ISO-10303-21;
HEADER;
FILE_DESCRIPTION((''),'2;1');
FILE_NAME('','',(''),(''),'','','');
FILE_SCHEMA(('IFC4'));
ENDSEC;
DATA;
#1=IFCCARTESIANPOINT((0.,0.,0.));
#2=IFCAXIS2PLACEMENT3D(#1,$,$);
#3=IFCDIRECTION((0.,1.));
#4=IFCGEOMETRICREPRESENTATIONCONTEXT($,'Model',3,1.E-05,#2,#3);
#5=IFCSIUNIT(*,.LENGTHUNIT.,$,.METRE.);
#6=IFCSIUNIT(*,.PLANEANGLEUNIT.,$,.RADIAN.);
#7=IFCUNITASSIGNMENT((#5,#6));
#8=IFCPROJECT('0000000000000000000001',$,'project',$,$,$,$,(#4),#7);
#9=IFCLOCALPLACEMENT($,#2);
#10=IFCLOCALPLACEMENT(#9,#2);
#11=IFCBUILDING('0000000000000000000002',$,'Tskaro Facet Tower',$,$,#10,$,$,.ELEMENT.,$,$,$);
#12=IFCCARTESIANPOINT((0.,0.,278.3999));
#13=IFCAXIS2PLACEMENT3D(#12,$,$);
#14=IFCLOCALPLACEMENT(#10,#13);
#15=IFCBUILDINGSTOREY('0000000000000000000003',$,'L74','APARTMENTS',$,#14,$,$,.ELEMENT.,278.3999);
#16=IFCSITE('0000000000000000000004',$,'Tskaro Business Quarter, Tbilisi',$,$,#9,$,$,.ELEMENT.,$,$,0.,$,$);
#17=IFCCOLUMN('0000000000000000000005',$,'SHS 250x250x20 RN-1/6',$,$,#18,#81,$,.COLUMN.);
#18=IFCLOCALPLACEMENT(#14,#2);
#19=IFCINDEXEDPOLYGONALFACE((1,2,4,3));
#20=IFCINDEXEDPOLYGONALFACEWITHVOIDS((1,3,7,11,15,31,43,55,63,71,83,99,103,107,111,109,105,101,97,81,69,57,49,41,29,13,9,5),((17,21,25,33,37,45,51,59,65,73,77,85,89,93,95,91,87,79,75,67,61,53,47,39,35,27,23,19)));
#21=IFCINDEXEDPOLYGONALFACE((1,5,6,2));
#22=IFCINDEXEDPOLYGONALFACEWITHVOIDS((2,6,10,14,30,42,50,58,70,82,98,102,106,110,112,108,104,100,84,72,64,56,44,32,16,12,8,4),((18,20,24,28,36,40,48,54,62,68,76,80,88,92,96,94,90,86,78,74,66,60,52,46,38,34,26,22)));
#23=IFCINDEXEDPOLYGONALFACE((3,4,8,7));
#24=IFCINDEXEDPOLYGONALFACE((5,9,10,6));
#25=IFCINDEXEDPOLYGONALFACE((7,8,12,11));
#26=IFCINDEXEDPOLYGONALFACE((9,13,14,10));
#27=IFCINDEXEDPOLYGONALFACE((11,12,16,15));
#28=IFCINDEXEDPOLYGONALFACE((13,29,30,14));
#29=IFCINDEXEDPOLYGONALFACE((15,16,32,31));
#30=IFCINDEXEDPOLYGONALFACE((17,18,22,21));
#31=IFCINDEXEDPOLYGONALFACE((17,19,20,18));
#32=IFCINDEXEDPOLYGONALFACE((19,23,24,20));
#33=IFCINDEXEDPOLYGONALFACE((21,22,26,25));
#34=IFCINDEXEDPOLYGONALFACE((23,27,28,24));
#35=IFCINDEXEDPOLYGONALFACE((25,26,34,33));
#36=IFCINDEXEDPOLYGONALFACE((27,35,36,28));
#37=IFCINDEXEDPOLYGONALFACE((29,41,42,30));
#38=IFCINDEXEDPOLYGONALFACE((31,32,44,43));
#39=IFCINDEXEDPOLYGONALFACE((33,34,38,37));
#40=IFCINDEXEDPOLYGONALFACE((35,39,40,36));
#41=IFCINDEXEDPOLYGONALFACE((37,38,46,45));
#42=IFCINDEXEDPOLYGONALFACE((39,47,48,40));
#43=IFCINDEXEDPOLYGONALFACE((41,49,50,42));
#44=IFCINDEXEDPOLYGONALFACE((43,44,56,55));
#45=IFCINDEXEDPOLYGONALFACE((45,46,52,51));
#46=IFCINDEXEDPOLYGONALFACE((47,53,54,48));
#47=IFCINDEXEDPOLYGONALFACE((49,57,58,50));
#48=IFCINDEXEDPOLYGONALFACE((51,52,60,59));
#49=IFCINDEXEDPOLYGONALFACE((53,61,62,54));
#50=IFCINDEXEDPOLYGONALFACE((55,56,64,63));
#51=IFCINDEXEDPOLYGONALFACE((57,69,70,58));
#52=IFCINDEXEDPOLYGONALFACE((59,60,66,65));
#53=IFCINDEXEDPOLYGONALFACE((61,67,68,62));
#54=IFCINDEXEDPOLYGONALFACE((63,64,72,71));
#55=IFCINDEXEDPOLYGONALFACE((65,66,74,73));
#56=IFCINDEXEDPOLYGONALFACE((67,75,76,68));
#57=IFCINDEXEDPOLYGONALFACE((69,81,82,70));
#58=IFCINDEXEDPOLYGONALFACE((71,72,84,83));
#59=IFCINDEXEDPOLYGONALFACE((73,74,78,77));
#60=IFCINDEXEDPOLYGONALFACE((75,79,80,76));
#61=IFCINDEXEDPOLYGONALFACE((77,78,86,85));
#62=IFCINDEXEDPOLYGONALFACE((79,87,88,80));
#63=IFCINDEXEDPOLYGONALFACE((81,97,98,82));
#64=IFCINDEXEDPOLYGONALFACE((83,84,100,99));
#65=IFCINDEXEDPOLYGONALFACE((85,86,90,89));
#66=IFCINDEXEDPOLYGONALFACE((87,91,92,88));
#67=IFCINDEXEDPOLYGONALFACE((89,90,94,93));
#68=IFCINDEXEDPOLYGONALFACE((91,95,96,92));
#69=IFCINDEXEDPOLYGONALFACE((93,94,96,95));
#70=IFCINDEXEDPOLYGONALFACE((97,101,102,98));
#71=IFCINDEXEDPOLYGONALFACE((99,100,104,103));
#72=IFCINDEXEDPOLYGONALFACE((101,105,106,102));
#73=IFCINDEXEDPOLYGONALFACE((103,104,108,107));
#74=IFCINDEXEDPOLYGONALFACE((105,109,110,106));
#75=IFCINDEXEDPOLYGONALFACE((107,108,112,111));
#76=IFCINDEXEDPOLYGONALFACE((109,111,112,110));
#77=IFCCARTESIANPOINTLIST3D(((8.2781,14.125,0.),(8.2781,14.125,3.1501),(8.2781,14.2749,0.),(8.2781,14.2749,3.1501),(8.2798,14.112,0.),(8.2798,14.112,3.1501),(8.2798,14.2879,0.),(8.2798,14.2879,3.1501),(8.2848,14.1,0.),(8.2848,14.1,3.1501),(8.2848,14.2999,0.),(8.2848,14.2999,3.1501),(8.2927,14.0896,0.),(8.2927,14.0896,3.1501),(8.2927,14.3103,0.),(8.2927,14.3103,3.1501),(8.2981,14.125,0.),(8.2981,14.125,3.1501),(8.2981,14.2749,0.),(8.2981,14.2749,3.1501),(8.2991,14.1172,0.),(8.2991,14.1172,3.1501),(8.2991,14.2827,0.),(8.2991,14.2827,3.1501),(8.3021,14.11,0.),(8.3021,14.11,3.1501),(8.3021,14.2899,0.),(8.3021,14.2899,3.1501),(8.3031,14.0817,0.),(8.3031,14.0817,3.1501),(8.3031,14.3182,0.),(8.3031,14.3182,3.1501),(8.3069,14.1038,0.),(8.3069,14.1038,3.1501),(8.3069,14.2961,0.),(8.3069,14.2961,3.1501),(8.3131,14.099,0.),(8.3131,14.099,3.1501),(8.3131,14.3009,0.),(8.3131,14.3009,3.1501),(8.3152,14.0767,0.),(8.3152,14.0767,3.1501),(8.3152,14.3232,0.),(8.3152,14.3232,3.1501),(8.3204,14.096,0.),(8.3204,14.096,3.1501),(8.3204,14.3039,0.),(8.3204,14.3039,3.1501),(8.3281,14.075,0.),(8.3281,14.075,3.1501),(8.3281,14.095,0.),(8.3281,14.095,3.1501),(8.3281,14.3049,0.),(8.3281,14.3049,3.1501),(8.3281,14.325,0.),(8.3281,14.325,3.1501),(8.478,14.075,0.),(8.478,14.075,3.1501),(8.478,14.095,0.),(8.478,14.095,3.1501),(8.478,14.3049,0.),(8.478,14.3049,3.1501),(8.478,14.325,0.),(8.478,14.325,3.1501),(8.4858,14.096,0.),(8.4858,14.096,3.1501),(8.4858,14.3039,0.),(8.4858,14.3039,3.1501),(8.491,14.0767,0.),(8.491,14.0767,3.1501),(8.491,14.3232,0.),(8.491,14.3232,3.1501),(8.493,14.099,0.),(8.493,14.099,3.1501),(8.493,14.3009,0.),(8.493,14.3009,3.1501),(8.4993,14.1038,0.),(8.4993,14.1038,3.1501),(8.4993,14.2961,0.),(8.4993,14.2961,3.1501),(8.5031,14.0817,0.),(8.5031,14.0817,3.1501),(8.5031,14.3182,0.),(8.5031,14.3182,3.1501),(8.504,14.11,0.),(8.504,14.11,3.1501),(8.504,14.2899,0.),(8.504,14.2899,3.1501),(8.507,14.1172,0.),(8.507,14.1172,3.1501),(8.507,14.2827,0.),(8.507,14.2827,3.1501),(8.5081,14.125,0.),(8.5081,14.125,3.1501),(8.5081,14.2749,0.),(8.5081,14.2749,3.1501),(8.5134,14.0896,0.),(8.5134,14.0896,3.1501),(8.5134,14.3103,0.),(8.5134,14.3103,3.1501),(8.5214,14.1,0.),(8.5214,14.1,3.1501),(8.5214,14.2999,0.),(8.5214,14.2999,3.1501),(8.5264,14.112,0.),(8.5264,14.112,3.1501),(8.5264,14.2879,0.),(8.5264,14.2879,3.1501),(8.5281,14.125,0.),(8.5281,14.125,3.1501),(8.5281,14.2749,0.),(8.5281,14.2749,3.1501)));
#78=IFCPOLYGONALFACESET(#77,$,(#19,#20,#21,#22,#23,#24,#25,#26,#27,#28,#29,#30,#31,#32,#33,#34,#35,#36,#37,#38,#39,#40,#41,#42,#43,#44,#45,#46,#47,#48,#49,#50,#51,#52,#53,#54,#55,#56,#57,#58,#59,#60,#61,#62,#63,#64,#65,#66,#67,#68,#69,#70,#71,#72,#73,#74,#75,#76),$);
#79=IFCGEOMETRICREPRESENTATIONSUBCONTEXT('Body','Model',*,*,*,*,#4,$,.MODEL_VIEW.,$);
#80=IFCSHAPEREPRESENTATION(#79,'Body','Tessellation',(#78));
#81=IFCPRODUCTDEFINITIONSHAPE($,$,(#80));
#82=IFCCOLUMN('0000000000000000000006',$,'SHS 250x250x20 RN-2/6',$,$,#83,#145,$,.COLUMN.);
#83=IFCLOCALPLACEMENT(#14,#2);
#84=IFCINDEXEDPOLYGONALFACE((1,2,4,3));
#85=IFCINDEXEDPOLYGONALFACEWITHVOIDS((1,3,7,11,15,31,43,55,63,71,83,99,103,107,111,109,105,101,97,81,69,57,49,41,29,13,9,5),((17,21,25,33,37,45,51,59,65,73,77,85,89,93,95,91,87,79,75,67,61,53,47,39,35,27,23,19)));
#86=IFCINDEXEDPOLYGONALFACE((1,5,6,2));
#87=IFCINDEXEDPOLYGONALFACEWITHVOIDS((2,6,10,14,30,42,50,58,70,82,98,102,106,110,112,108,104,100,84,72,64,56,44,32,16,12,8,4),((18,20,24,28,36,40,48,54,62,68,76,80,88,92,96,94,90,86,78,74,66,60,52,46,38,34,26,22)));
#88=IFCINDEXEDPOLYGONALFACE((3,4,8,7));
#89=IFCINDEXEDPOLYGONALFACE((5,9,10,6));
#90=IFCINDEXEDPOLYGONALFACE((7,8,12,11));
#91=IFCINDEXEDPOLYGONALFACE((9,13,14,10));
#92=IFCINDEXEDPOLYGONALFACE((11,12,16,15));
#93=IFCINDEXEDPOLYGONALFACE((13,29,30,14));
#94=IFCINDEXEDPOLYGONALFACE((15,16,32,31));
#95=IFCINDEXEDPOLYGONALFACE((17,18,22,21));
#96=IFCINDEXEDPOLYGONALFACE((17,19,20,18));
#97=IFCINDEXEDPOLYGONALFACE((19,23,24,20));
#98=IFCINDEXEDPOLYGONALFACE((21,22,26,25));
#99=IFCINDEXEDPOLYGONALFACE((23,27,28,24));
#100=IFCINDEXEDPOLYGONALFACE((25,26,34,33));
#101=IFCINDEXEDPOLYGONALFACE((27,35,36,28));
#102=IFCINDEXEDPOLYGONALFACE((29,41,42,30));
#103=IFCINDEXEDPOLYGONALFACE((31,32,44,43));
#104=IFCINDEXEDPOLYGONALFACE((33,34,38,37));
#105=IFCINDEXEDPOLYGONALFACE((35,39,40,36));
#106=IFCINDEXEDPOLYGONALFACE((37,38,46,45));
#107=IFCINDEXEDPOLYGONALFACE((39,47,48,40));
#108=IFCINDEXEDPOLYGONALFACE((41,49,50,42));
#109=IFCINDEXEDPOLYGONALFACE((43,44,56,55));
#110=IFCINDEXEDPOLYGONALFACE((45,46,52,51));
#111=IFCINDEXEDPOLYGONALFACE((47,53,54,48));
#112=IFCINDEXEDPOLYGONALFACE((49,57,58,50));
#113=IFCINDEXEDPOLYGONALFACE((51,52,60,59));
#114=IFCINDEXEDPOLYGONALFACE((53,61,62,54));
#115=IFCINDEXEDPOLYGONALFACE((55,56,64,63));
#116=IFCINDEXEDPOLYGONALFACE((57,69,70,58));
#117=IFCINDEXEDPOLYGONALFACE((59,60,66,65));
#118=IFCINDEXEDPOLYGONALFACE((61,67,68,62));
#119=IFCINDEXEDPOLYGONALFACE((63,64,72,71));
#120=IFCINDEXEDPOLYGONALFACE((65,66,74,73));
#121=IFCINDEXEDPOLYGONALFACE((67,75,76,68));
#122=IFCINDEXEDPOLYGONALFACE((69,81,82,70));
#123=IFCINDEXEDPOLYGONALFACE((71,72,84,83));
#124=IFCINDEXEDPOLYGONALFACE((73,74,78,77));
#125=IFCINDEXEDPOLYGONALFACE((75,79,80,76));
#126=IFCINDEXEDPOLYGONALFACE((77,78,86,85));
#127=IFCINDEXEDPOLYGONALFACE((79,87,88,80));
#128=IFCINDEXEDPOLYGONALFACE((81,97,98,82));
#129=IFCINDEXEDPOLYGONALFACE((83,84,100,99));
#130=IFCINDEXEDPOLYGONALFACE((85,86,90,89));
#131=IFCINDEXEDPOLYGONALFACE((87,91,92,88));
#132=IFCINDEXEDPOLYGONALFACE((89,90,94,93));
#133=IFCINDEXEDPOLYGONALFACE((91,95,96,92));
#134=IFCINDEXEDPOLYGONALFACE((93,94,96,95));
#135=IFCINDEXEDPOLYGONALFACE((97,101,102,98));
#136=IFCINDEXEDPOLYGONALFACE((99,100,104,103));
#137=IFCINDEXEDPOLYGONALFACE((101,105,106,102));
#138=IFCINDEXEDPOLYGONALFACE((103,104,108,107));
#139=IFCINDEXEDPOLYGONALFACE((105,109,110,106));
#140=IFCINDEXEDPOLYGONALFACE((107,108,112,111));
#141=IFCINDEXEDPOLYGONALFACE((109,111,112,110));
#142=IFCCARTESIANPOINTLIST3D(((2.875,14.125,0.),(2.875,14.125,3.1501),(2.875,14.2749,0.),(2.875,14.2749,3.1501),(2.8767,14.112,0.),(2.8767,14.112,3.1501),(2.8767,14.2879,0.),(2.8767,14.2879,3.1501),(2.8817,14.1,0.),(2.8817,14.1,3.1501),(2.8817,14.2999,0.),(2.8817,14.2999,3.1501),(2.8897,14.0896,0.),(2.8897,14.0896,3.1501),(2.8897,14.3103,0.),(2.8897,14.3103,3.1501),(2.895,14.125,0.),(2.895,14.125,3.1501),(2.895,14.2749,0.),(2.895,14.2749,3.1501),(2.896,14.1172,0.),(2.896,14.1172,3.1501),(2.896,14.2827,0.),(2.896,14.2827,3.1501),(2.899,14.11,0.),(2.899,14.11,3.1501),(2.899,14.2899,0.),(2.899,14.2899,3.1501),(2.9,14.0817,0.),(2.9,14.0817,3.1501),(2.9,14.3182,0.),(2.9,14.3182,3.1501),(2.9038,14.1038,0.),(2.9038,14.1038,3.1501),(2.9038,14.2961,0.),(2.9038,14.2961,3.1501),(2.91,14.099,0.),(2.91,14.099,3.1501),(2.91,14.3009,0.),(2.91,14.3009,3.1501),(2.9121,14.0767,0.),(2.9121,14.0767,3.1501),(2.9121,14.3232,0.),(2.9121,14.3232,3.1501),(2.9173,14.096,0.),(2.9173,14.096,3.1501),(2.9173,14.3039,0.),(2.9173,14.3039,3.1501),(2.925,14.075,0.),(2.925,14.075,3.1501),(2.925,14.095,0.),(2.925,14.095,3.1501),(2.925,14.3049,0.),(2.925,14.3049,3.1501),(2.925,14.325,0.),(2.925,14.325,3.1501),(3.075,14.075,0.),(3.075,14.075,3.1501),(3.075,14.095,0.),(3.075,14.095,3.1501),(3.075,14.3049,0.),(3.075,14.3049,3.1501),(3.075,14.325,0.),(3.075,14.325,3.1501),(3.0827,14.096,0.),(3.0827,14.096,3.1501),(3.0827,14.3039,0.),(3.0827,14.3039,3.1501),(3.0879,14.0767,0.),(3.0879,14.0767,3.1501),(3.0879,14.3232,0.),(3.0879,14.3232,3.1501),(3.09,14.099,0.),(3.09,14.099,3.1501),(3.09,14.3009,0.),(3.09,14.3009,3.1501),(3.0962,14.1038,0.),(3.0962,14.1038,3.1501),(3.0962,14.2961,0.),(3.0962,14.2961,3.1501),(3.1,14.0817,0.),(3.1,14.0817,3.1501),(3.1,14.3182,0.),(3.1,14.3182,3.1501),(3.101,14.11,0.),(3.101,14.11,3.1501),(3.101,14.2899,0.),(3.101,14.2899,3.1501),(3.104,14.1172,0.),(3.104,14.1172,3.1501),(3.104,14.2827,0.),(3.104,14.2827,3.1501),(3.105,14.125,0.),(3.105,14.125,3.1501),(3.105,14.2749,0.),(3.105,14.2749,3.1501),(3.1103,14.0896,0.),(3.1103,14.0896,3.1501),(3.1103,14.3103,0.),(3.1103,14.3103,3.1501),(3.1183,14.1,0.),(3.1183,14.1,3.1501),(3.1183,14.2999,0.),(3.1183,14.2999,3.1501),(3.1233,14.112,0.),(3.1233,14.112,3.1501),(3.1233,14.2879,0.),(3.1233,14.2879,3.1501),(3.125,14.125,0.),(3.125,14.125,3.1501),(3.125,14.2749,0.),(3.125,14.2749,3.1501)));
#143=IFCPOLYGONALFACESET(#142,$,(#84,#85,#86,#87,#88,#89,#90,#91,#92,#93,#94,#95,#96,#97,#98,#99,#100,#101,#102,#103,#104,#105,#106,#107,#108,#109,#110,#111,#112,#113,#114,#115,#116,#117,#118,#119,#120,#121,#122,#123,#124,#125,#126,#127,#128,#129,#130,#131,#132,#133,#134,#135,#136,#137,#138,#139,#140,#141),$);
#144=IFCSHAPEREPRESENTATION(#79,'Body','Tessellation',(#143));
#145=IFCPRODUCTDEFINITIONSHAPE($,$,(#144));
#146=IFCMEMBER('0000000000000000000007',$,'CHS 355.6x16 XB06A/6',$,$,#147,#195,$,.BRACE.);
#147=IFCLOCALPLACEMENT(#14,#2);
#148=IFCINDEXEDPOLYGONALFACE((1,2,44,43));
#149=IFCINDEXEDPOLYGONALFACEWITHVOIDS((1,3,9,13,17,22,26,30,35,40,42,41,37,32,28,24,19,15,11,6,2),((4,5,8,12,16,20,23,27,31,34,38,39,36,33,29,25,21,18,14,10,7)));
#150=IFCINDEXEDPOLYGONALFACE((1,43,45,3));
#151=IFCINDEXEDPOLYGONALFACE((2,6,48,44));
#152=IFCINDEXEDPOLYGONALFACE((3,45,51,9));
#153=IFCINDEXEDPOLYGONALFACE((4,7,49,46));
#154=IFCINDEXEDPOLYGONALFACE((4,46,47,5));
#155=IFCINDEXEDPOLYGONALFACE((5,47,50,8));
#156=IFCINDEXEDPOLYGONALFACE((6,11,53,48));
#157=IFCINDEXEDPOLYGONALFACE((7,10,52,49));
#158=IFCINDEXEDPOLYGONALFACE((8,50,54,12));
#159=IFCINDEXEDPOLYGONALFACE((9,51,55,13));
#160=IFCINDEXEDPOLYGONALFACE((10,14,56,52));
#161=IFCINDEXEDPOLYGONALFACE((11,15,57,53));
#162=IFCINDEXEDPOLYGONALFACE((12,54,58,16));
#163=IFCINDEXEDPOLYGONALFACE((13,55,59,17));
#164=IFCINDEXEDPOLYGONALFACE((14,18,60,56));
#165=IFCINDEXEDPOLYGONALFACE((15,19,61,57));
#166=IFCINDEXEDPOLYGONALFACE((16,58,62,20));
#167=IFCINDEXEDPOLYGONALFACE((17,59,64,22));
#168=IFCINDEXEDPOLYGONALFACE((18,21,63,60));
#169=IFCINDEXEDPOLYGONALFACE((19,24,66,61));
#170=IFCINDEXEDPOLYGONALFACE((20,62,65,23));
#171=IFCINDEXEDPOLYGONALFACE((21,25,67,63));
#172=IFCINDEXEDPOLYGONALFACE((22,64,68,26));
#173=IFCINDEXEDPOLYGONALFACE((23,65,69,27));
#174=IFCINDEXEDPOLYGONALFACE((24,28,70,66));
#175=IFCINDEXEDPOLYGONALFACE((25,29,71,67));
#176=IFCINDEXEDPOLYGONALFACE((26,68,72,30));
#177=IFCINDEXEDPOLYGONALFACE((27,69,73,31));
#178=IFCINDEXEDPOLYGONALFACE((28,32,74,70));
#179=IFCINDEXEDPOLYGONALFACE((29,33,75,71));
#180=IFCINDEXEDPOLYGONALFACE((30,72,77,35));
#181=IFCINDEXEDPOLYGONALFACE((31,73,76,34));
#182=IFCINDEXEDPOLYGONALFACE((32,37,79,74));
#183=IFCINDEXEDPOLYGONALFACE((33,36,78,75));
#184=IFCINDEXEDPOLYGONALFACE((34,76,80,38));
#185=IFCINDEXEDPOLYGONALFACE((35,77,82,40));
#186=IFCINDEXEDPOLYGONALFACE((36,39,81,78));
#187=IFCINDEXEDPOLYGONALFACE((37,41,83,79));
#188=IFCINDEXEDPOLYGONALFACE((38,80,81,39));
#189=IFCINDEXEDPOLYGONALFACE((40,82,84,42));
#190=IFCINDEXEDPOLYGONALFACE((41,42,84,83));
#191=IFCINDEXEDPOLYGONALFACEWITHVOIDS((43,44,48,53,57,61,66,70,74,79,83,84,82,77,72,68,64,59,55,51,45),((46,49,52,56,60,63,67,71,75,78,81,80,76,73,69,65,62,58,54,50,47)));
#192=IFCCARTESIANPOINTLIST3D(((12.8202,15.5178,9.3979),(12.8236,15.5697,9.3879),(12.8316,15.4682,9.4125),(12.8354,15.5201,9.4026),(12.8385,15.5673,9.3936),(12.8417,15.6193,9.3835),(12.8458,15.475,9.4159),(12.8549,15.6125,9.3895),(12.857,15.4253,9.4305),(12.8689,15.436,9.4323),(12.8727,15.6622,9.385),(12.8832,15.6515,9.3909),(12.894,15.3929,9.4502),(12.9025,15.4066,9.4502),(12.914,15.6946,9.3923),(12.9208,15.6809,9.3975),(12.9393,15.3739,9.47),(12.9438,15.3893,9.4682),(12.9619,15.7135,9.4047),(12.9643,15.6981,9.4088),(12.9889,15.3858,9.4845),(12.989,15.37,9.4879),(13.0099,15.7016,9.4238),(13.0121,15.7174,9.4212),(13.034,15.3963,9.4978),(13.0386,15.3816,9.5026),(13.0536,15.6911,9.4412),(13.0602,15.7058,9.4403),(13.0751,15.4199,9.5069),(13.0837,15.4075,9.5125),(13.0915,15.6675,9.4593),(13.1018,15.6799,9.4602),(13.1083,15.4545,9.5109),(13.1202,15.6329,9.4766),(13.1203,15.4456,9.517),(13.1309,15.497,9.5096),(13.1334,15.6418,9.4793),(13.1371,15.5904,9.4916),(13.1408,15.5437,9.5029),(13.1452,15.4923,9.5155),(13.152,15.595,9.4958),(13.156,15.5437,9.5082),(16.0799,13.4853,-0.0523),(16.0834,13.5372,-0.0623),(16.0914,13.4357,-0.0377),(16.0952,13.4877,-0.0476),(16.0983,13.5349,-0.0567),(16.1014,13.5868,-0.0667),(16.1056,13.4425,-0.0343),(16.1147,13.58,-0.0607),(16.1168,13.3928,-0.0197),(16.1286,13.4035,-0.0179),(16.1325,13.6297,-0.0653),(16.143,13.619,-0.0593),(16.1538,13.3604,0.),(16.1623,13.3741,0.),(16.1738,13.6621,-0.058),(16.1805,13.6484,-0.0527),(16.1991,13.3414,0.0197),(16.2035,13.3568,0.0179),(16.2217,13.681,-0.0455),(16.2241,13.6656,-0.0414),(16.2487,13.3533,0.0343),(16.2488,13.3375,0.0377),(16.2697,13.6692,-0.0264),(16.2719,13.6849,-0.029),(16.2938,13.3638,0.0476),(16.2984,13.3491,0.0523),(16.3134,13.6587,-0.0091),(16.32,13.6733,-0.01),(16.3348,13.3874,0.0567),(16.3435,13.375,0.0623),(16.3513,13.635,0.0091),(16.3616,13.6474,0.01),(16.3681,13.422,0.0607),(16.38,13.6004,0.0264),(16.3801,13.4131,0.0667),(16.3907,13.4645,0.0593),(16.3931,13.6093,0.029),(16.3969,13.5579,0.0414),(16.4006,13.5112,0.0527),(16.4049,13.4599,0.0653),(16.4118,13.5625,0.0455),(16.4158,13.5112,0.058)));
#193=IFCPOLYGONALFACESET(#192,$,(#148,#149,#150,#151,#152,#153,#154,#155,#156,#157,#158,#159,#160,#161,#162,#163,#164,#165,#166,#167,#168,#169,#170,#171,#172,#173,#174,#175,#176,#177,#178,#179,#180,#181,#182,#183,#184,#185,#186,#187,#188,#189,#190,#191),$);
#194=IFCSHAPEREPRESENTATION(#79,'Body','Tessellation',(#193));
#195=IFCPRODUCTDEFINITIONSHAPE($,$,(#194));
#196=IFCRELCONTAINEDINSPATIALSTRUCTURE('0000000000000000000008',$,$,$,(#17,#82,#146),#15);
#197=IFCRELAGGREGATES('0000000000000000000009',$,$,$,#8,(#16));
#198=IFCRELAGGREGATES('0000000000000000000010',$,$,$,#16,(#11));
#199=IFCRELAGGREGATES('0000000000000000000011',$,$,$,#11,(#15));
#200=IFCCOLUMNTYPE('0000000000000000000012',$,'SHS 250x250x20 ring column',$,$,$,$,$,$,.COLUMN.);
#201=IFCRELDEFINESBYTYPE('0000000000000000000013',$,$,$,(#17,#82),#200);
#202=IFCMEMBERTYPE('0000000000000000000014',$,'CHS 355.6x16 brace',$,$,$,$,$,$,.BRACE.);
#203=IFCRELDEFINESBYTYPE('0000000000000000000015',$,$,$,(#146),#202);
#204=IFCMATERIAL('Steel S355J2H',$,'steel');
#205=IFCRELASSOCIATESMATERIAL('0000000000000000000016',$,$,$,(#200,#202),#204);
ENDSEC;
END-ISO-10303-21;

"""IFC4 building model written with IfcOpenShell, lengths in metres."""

from ifc_helpers import new_model, si_unit, direction, frame, origin, origin_2d, place, context, subcontext, project, spatial, hollow_rectangle, hollow_circle, extrude, material, material_profile, profile_set, type_object, element, save


model = new_model("IFC4")

# Units and contexts
model_context = context("Model", 3, precision=1e-05, world=origin(), true_north=direction((0.0, 1.0)))
body_context = subcontext(model_context, "Body", "Model", "MODEL_VIEW")
ifc_project = project(units=[si_unit("LENGTHUNIT", "METRE"), si_unit("PLANEANGLEUNIT", "RADIAN")], contexts=[model_context])

# Site, building, storey
site_placement = place(None, origin())
site = spatial("IfcSite", under=ifc_project, at=site_placement, Name="Tskaro Business Quarter, Tbilisi", CompositionType="ELEMENT", RefElevation=0.0)
building_placement = place(site_placement, origin())
building = spatial("IfcBuilding", under=site, at=building_placement, Name="Tskaro Facet Tower", CompositionType="ELEMENT")
storey_placement = place(building_placement, frame((0.0, 0.0, 278.3999)))
storey = spatial("IfcBuildingStorey", under=building, at=storey_placement, Name="L74", Description="APARTMENTS", CompositionType="ELEMENT", Elevation=278.3999)

# Columns
ifc_material_1 = material(Name="Steel S355J2H", Category="steel")
ifc_material_profile_1 = material_profile(ifc_material_1, hollow_rectangle(XDim=0.25, YDim=0.25, WallThickness=0.02, InnerFilletRadius=0.03, OuterFilletRadius=0.05, at=origin_2d()), Name="SHS 250x250x20")
ifc_profile_set_1 = profile_set([ifc_material_profile_1], Name="Steel S355J2H")
column_type_1 = type_object("IfcColumnType", Name="SHS 250x250x20 ring column", PredefinedType="COLUMN", material=ifc_profile_set_1)
for number, where, z_axis, x_axis, name in (
    (1, (8.4031, 14.2, 0.0), (0.0, 0.0, 1.0), (1.0, 0.0, 0.0), "SHS 250x250x20 RN-1/6"),
    (2, (3.0, 14.2, 0.0), (0.0, 0.0, 1.0), (1.0, 0.0, 0.0), "SHS 250x250x20 RN-2/6"),
):
    element("IfcColumn", number, at=place(storey_placement, frame(where, z_axis=z_axis, x_axis=x_axis)), inside=storey, type_object=column_type_1, Name=name, PredefinedType="COLUMN", context=body_context, shape_type="SweptSolid", body=[
        extrude(hollow_rectangle(XDim=0.25, YDim=0.25, WallThickness=0.02, InnerFilletRadius=0.03, OuterFilletRadius=0.05, at=origin_2d()), origin(), (0.0, 0.0, 1.0), 3.1501),
    ])

# Member
ifc_material_profile_2 = material_profile(ifc_material_1, hollow_circle(Radius=0.1777, WallThickness=0.0161, at=origin_2d()), Name="CHS 355.6x16")
ifc_profile_set_2 = profile_set([ifc_material_profile_2], Name="Steel S355J2H")
member_type_1 = type_object("IfcMemberType", Name="CHS 355.6x16 brace", PredefinedType="BRACE", material=ifc_profile_set_2)
for number, where, z_axis, x_axis, name in (
    (3, (16.2478, 13.5112, 0.0), (-0.319549, 0.19924, 0.926386), (-0.529085, -0.848569, 0.0), "CHS 355.6x16 XB06A/6"),
):
    element("IfcMember", number, at=place(storey_placement, frame(where, z_axis=z_axis, x_axis=x_axis)), inside=storey, type_object=member_type_1, Name=name, PredefinedType="BRACE", context=body_context, shape_type="SweptSolid", body=[
        extrude(hollow_circle(Radius=0.1777, WallThickness=0.0161, at=origin_2d()), origin(), (0.0, 0.0, 1.0), 10.2012),
    ])

save(model, "model.ifc")
